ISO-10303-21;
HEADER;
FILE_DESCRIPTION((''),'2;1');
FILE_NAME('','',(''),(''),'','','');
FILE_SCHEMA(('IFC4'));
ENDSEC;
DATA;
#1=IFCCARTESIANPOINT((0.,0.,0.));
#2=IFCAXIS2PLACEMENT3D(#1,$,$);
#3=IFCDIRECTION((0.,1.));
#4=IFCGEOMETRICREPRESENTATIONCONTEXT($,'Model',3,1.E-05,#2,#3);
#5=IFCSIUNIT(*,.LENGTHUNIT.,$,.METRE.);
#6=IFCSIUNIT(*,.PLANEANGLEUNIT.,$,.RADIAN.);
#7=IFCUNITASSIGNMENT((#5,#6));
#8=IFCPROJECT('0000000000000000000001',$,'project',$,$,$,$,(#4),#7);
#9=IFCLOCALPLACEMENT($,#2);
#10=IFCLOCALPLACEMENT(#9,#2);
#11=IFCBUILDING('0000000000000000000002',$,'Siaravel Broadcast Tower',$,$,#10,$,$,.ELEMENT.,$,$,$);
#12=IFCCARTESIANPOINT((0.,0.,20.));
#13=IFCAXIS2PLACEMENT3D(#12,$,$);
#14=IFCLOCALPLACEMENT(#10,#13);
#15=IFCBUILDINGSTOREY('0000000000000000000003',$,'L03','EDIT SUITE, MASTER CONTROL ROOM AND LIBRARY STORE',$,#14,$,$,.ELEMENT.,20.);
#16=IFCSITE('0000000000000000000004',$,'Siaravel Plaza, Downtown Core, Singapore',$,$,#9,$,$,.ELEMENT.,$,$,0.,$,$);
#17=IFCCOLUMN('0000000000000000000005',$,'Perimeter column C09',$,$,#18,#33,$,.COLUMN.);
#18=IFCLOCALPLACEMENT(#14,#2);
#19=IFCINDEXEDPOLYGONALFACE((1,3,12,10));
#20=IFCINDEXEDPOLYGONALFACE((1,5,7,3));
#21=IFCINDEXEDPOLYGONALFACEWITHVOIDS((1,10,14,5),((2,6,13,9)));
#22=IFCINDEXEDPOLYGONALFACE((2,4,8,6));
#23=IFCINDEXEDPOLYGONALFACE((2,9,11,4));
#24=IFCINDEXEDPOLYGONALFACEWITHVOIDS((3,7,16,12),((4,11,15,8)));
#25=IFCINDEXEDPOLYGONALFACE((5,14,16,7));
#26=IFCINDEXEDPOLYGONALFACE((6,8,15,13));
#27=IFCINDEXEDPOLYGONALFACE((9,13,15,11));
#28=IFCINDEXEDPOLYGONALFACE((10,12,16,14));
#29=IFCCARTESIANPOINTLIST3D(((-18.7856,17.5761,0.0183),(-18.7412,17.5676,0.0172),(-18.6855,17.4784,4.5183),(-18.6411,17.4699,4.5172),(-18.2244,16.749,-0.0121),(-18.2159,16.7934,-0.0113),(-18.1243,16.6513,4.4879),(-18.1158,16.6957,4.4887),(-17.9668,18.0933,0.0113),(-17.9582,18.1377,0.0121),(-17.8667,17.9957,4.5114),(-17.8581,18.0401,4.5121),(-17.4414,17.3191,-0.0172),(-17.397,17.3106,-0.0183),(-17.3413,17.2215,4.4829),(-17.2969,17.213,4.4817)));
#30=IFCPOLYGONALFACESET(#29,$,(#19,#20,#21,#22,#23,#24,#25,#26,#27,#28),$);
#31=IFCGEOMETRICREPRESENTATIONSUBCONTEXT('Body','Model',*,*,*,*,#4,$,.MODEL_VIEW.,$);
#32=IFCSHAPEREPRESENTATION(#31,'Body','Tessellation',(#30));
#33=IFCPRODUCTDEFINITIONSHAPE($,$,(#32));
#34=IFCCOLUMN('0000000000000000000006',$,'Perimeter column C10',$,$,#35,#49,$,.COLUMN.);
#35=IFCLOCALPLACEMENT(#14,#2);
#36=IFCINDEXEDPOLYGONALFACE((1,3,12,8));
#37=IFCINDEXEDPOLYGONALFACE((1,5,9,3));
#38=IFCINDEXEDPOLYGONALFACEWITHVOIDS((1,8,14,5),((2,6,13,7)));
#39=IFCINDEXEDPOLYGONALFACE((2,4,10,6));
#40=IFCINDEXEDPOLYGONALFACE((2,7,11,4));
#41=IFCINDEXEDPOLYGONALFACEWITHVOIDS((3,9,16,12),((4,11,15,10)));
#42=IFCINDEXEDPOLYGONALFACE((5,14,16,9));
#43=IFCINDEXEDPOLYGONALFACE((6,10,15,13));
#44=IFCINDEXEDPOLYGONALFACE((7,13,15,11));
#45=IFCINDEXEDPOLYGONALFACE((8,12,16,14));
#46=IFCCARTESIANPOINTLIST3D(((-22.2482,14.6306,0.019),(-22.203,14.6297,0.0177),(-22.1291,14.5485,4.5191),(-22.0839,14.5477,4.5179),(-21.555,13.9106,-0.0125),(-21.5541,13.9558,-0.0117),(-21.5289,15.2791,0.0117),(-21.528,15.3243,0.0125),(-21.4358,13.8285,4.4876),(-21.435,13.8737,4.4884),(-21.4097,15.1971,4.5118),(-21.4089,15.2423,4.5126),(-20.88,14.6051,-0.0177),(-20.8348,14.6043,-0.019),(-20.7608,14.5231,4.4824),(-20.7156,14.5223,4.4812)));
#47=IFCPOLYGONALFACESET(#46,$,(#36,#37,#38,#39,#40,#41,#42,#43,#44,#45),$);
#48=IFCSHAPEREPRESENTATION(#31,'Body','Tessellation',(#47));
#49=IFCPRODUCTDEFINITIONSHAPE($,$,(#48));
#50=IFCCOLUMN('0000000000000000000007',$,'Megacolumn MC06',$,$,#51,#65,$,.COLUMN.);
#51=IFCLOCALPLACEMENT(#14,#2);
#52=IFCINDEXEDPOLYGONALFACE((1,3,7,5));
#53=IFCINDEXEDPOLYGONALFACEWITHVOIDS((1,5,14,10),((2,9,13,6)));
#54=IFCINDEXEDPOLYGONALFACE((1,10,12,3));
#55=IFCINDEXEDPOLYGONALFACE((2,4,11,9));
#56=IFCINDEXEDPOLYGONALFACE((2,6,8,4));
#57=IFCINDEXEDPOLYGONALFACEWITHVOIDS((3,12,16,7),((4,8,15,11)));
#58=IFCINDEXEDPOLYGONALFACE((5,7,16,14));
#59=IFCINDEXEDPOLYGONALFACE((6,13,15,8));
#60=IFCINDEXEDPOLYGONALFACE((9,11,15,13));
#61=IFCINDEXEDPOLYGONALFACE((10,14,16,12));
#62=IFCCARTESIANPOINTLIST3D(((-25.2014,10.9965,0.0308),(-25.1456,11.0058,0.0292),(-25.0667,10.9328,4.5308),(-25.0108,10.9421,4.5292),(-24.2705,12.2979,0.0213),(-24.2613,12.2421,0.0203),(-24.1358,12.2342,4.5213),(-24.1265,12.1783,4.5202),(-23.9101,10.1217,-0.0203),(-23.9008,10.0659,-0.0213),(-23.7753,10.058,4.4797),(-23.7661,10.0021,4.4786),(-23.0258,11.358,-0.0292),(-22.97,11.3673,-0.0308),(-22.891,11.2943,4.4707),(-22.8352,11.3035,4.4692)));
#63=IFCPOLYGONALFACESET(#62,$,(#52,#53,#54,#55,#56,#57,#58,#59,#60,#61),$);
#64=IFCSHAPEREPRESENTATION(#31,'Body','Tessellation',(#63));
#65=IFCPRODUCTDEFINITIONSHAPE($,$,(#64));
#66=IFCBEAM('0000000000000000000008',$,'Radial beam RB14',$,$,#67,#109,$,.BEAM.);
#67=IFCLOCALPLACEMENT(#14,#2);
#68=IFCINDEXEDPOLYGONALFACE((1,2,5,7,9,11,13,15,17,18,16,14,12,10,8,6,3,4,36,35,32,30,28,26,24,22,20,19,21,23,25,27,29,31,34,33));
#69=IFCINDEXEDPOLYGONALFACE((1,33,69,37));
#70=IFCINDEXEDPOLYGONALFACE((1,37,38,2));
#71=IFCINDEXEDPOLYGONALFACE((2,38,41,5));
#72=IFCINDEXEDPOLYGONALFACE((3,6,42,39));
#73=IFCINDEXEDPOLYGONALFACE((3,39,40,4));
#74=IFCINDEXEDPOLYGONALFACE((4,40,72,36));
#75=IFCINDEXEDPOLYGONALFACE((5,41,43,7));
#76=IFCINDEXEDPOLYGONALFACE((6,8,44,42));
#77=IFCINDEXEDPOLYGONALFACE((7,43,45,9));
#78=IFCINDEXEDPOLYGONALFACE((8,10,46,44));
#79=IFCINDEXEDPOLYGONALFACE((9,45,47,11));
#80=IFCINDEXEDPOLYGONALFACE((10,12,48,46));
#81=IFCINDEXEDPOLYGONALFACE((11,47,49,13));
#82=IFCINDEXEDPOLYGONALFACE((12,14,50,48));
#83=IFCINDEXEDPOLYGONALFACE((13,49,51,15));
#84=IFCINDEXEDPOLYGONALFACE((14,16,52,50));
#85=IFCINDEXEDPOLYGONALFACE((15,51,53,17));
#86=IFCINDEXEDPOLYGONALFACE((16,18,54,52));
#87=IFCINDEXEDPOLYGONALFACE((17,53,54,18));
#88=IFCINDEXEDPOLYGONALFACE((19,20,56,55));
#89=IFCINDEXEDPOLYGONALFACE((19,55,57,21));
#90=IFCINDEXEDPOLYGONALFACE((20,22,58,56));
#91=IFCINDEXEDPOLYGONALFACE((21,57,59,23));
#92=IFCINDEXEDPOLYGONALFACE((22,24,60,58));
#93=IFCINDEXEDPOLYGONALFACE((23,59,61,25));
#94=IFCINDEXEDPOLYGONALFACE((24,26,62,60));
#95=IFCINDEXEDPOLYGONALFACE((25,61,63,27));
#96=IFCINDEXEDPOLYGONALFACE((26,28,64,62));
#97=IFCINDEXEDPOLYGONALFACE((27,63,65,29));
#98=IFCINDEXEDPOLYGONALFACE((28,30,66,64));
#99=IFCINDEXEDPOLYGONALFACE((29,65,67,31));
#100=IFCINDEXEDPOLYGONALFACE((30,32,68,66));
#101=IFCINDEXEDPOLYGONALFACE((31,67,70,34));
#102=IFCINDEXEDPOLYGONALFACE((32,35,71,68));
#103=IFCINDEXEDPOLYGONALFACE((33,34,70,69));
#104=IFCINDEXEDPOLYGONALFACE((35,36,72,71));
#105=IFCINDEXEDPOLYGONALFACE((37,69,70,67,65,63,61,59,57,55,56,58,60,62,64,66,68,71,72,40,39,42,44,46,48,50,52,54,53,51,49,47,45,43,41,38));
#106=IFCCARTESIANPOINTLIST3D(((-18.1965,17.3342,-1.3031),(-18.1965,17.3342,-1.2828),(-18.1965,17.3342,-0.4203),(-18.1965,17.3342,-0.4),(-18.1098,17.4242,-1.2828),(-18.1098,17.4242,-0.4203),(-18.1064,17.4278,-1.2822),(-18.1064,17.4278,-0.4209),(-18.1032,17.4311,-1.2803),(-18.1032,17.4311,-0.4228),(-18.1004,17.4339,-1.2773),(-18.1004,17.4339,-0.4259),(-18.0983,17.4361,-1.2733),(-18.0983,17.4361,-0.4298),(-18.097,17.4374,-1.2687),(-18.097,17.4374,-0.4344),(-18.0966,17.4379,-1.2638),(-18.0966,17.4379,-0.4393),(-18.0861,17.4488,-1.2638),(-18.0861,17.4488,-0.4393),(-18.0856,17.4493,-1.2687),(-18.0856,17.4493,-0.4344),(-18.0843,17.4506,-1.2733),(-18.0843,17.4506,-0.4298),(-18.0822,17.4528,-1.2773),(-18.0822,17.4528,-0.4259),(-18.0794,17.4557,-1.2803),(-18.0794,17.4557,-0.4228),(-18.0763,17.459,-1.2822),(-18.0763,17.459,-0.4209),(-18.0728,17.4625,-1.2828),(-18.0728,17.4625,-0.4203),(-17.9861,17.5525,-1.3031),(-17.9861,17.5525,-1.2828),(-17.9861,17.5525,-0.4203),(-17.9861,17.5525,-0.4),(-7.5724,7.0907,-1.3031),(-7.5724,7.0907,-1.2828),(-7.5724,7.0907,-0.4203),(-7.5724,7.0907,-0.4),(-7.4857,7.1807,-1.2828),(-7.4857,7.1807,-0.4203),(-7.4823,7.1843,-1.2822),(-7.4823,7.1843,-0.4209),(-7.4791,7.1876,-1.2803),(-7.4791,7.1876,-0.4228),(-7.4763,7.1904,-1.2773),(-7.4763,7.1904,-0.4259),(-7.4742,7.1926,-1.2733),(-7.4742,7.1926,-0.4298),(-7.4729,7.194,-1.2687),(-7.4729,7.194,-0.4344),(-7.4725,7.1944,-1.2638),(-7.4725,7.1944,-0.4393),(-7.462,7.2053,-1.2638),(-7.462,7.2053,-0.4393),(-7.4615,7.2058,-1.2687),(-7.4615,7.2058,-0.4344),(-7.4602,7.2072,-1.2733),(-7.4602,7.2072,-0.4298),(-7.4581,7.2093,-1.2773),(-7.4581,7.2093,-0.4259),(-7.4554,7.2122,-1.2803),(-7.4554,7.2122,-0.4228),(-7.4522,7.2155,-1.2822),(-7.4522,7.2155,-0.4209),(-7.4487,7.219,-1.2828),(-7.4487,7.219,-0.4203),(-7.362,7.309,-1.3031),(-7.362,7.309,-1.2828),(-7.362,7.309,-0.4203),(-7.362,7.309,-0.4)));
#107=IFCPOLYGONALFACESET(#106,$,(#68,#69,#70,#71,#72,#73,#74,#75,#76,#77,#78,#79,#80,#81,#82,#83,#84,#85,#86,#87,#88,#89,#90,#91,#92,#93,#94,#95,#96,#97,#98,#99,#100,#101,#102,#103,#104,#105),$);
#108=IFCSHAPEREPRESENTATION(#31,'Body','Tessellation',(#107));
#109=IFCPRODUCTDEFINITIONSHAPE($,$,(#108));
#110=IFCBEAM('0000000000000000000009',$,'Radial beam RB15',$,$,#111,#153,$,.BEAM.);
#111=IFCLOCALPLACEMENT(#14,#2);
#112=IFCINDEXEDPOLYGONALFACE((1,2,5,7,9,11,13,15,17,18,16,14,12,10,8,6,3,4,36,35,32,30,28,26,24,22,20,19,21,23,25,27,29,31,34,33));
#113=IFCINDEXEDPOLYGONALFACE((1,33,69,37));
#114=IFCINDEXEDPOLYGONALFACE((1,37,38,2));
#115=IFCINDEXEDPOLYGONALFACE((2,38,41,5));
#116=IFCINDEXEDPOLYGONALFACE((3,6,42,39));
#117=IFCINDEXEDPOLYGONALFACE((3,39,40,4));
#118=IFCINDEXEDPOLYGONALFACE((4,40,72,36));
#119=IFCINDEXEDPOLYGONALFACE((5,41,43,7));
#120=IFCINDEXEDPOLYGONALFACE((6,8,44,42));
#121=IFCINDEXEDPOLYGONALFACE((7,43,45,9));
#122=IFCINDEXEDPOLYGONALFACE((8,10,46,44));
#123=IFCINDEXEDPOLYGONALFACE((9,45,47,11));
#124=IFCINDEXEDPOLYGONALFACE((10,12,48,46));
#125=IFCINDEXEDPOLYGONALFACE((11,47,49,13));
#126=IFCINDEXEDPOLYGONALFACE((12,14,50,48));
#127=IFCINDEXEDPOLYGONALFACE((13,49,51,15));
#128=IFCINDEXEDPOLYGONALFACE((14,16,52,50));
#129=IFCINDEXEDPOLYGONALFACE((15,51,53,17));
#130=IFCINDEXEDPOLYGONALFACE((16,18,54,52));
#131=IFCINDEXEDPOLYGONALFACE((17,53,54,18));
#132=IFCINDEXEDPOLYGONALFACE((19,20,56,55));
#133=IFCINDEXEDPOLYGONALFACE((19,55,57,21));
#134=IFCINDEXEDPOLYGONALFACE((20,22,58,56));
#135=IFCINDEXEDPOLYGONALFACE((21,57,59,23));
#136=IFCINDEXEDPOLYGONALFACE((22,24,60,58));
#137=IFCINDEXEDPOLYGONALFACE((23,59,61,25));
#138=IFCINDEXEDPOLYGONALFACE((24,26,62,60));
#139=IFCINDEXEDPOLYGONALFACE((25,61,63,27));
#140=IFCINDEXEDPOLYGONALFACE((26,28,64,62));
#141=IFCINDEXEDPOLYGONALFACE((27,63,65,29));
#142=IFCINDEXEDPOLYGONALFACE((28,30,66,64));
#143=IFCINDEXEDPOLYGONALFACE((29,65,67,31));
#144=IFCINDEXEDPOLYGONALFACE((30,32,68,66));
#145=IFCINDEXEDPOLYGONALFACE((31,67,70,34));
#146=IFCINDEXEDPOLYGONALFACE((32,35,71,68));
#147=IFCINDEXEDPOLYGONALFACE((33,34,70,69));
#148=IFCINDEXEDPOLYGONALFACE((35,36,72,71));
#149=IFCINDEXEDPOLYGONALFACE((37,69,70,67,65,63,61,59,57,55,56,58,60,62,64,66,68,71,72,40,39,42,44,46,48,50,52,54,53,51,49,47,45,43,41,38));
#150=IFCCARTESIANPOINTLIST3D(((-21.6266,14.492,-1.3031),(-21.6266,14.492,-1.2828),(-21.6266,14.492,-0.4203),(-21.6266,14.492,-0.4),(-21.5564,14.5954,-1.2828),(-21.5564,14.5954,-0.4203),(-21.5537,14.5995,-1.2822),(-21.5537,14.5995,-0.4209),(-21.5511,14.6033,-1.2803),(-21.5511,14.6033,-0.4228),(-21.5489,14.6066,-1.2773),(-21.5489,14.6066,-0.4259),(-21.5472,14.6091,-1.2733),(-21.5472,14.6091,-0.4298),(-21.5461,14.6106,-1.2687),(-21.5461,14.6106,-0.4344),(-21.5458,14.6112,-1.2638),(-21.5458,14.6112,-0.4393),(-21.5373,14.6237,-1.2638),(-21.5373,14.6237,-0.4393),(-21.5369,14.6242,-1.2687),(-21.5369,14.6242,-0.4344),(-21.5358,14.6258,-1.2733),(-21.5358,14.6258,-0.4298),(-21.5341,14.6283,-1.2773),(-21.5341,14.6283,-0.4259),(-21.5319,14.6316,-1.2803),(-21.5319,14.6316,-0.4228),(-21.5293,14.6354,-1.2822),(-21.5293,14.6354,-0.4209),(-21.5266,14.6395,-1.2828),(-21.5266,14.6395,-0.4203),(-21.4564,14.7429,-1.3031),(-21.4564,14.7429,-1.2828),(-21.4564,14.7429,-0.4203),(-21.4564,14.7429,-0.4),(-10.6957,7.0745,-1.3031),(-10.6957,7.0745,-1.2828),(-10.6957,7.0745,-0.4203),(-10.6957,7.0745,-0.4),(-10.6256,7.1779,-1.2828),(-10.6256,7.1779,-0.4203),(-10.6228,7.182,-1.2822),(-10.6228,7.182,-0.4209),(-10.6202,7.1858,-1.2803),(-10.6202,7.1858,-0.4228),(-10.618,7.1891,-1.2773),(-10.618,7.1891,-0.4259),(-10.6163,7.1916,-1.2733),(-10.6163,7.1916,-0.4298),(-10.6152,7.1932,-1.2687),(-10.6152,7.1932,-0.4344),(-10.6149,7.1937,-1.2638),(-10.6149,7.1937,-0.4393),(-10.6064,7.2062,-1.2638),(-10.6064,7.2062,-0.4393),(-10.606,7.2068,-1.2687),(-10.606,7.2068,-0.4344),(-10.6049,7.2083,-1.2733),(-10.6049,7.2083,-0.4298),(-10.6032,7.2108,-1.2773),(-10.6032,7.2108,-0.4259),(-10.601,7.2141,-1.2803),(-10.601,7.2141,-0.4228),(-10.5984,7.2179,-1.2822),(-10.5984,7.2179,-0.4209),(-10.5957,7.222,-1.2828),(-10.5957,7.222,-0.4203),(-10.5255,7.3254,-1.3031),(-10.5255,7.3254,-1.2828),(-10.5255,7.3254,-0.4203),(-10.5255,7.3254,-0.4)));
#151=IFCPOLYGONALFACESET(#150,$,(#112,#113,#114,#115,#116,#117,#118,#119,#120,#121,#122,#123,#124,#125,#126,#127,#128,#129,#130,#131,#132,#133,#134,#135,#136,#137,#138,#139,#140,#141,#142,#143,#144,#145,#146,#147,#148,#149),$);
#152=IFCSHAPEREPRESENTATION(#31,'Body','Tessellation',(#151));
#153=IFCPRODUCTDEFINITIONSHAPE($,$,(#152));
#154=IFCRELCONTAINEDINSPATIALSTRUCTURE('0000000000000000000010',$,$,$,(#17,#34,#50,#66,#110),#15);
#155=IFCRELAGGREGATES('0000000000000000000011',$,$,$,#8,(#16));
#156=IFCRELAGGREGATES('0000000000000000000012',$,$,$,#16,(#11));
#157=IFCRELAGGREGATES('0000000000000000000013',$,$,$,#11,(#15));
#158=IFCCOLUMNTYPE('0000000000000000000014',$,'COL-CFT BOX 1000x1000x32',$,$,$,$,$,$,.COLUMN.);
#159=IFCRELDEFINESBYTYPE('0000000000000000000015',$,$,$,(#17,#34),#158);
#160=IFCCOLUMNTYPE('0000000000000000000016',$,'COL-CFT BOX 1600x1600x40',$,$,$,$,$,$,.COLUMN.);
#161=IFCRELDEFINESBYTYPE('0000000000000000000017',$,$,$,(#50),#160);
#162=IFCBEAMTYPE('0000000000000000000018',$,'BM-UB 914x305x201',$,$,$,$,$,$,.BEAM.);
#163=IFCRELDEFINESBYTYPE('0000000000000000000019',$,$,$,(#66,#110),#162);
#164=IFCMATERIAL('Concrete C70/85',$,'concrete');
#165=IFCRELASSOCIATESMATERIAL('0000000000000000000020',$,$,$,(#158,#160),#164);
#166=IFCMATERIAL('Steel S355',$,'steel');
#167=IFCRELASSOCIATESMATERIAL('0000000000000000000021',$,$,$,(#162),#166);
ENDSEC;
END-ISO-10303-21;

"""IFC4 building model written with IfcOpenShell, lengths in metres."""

from ifc_helpers import new_model, si_unit, direction, frame, origin, origin_2d, place, context, subcontext, project, spatial, hollow_rectangle, i_section, extrude, material, material_profile, profile_set, type_object, element, save


model = new_model("IFC4")

# Units and contexts
model_context = context("Model", 3, precision=1e-05, world=origin(), true_north=direction((0.0, 1.0)))
body_context = subcontext(model_context, "Body", "Model", "MODEL_VIEW")
ifc_project = project(units=[si_unit("LENGTHUNIT", "METRE"), si_unit("PLANEANGLEUNIT", "RADIAN")], contexts=[model_context])

# Site, building, storey
site_placement = place(None, origin())
site = spatial("IfcSite", under=ifc_project, at=site_placement, Name="Siaravel Plaza, Downtown Core, Singapore", CompositionType="ELEMENT", RefElevation=0.0)
building_placement = place(site_placement, origin())
building = spatial("IfcBuilding", under=site, at=building_placement, Name="Siaravel Broadcast Tower", CompositionType="ELEMENT")
storey_placement = place(building_placement, frame((0.0, 0.0, 20.0)))
storey = spatial("IfcBuildingStorey", under=building, at=storey_placement, Name="L03", Description="EDIT SUITE, MASTER CONTROL ROOM AND LIBRARY STORE", CompositionType="ELEMENT", Elevation=20.0)

# Columns
ifc_material_1 = material(Name="Concrete C70/85", Category="concrete")
ifc_material_profile_1 = material_profile(ifc_material_1, hollow_rectangle(XDim=1.0, YDim=1.0, WallThickness=0.032, at=origin_2d()))
ifc_profile_set_1 = profile_set([ifc_material_profile_1], Name="Concrete C70/85")
column_type_1 = type_object("IfcColumnType", Name="COL-CFT BOX 1000x1000x32", PredefinedType="COLUMN", material=ifc_profile_set_1)
column_1_placement = place(storey_placement, frame((-18.0913, 17.4434, 0.0), z_axis=(0.022233, -0.021691, 0.999517), x_axis=(0.827361, 0.561636, -0.006215)))
element("IfcColumn", 1, at=column_1_placement, inside=storey, type_object=column_type_1, Name="Perimeter column C09", PredefinedType="COLUMN", context=body_context, shape_type="SweptSolid", body=[
    extrude(hollow_rectangle(XDim=1.0, YDim=1.0, WallThickness=0.032, at=origin_2d()), origin(), (0.0, 0.0, 1.0), 4.5022),
])
column_2_placement = place(storey_placement, frame((-21.5415, 14.6174, 0.0), z_axis=(0.026462, -0.01822, 0.999484), x_axis=(0.720216, 0.69372, -0.006422)))
element("IfcColumn", 2, at=column_2_placement, inside=storey, type_object=column_type_1, Name="Perimeter column C10", PredefinedType="COLUMN", context=body_context, shape_type="SweptSolid", body=[
    extrude(hollow_rectangle(XDim=1.0, YDim=1.0, WallThickness=0.032, at=origin_2d()), origin(), (0.0, 0.0, 1.0), 4.5024),
])
ifc_material_profile_2 = material_profile(ifc_material_1, hollow_rectangle(XDim=1.6001, YDim=1.6001, WallThickness=0.04, at=origin_2d()))
ifc_profile_set_2 = profile_set([ifc_material_profile_2], Name="Concrete C70/85")
column_type_2 = type_object("IfcColumnType", Name="COL-CFT BOX 1600x1600x40", PredefinedType="COLUMN", material=ifc_profile_set_2)
column_3_placement = place(storey_placement, frame((-24.0857, 11.1819, 0.0), z_axis=(0.029931, -0.014152, 0.999452), x_axis=(0.581765, 0.813335, -0.005906)))
element("IfcColumn", 3, at=column_3_placement, inside=storey, type_object=column_type_2, Name="Megacolumn MC06", PredefinedType="COLUMN", context=body_context, shape_type="SweptSolid", body=[
    extrude(hollow_rectangle(XDim=1.6001, YDim=1.6001, WallThickness=0.04, at=origin_2d()), origin(), (0.0, 0.0, 1.0), 4.5024),
])

# Beams
ifc_material_2 = material(Name="Steel S355", Category="steel")
ifc_material_profile_3 = material_profile(ifc_material_2, i_section(OverallWidth=0.3032, OverallDepth=0.9031, WebThickness=0.0151, FlangeThickness=0.0203, FilletRadius=0.019, at=origin_2d()))
ifc_profile_set_3 = profile_set([ifc_material_profile_3], Name="Steel S355")
beam_type = type_object("IfcBeamType", Name="BM-UB 914x305x201", PredefinedType="BEAM", material=ifc_profile_set_3)
beam_1_placement = place(storey_placement, frame((-18.0913, 17.4434, -0.8516), z_axis=(0.719884, -0.694094, 0.0), x_axis=(0.694094, 0.719884, 0.0)))
element("IfcBeam", 4, at=beam_1_placement, inside=storey, type_object=beam_type, Name="Radial beam RB14", PredefinedType="BEAM", context=body_context, shape_type="SweptSolid", body=[
    extrude(i_section(OverallWidth=0.3032, OverallDepth=0.9031, WebThickness=0.0151, FlangeThickness=0.0203, FilletRadius=0.019, at=origin_2d()), origin(), (0.0, 0.0, 1.0), 14.7581),
])
beam_2_placement = place(storey_placement, frame((-21.5415, 14.6174, -0.8516), z_axis=(0.827473, -0.561505, 0.0), x_axis=(0.561505, 0.827473, 0.0)))
element("IfcBeam", 5, at=beam_2_placement, inside=storey, type_object=beam_type, Name="Radial beam RB15", PredefinedType="BEAM", context=body_context, shape_type="SweptSolid", body=[
    extrude(i_section(OverallWidth=0.3032, OverallDepth=0.9031, WebThickness=0.0151, FlangeThickness=0.0203, FilletRadius=0.019, at=origin_2d()), origin(), (0.0, 0.0, 1.0), 13.21),
])

save(model, "model.ifc")
